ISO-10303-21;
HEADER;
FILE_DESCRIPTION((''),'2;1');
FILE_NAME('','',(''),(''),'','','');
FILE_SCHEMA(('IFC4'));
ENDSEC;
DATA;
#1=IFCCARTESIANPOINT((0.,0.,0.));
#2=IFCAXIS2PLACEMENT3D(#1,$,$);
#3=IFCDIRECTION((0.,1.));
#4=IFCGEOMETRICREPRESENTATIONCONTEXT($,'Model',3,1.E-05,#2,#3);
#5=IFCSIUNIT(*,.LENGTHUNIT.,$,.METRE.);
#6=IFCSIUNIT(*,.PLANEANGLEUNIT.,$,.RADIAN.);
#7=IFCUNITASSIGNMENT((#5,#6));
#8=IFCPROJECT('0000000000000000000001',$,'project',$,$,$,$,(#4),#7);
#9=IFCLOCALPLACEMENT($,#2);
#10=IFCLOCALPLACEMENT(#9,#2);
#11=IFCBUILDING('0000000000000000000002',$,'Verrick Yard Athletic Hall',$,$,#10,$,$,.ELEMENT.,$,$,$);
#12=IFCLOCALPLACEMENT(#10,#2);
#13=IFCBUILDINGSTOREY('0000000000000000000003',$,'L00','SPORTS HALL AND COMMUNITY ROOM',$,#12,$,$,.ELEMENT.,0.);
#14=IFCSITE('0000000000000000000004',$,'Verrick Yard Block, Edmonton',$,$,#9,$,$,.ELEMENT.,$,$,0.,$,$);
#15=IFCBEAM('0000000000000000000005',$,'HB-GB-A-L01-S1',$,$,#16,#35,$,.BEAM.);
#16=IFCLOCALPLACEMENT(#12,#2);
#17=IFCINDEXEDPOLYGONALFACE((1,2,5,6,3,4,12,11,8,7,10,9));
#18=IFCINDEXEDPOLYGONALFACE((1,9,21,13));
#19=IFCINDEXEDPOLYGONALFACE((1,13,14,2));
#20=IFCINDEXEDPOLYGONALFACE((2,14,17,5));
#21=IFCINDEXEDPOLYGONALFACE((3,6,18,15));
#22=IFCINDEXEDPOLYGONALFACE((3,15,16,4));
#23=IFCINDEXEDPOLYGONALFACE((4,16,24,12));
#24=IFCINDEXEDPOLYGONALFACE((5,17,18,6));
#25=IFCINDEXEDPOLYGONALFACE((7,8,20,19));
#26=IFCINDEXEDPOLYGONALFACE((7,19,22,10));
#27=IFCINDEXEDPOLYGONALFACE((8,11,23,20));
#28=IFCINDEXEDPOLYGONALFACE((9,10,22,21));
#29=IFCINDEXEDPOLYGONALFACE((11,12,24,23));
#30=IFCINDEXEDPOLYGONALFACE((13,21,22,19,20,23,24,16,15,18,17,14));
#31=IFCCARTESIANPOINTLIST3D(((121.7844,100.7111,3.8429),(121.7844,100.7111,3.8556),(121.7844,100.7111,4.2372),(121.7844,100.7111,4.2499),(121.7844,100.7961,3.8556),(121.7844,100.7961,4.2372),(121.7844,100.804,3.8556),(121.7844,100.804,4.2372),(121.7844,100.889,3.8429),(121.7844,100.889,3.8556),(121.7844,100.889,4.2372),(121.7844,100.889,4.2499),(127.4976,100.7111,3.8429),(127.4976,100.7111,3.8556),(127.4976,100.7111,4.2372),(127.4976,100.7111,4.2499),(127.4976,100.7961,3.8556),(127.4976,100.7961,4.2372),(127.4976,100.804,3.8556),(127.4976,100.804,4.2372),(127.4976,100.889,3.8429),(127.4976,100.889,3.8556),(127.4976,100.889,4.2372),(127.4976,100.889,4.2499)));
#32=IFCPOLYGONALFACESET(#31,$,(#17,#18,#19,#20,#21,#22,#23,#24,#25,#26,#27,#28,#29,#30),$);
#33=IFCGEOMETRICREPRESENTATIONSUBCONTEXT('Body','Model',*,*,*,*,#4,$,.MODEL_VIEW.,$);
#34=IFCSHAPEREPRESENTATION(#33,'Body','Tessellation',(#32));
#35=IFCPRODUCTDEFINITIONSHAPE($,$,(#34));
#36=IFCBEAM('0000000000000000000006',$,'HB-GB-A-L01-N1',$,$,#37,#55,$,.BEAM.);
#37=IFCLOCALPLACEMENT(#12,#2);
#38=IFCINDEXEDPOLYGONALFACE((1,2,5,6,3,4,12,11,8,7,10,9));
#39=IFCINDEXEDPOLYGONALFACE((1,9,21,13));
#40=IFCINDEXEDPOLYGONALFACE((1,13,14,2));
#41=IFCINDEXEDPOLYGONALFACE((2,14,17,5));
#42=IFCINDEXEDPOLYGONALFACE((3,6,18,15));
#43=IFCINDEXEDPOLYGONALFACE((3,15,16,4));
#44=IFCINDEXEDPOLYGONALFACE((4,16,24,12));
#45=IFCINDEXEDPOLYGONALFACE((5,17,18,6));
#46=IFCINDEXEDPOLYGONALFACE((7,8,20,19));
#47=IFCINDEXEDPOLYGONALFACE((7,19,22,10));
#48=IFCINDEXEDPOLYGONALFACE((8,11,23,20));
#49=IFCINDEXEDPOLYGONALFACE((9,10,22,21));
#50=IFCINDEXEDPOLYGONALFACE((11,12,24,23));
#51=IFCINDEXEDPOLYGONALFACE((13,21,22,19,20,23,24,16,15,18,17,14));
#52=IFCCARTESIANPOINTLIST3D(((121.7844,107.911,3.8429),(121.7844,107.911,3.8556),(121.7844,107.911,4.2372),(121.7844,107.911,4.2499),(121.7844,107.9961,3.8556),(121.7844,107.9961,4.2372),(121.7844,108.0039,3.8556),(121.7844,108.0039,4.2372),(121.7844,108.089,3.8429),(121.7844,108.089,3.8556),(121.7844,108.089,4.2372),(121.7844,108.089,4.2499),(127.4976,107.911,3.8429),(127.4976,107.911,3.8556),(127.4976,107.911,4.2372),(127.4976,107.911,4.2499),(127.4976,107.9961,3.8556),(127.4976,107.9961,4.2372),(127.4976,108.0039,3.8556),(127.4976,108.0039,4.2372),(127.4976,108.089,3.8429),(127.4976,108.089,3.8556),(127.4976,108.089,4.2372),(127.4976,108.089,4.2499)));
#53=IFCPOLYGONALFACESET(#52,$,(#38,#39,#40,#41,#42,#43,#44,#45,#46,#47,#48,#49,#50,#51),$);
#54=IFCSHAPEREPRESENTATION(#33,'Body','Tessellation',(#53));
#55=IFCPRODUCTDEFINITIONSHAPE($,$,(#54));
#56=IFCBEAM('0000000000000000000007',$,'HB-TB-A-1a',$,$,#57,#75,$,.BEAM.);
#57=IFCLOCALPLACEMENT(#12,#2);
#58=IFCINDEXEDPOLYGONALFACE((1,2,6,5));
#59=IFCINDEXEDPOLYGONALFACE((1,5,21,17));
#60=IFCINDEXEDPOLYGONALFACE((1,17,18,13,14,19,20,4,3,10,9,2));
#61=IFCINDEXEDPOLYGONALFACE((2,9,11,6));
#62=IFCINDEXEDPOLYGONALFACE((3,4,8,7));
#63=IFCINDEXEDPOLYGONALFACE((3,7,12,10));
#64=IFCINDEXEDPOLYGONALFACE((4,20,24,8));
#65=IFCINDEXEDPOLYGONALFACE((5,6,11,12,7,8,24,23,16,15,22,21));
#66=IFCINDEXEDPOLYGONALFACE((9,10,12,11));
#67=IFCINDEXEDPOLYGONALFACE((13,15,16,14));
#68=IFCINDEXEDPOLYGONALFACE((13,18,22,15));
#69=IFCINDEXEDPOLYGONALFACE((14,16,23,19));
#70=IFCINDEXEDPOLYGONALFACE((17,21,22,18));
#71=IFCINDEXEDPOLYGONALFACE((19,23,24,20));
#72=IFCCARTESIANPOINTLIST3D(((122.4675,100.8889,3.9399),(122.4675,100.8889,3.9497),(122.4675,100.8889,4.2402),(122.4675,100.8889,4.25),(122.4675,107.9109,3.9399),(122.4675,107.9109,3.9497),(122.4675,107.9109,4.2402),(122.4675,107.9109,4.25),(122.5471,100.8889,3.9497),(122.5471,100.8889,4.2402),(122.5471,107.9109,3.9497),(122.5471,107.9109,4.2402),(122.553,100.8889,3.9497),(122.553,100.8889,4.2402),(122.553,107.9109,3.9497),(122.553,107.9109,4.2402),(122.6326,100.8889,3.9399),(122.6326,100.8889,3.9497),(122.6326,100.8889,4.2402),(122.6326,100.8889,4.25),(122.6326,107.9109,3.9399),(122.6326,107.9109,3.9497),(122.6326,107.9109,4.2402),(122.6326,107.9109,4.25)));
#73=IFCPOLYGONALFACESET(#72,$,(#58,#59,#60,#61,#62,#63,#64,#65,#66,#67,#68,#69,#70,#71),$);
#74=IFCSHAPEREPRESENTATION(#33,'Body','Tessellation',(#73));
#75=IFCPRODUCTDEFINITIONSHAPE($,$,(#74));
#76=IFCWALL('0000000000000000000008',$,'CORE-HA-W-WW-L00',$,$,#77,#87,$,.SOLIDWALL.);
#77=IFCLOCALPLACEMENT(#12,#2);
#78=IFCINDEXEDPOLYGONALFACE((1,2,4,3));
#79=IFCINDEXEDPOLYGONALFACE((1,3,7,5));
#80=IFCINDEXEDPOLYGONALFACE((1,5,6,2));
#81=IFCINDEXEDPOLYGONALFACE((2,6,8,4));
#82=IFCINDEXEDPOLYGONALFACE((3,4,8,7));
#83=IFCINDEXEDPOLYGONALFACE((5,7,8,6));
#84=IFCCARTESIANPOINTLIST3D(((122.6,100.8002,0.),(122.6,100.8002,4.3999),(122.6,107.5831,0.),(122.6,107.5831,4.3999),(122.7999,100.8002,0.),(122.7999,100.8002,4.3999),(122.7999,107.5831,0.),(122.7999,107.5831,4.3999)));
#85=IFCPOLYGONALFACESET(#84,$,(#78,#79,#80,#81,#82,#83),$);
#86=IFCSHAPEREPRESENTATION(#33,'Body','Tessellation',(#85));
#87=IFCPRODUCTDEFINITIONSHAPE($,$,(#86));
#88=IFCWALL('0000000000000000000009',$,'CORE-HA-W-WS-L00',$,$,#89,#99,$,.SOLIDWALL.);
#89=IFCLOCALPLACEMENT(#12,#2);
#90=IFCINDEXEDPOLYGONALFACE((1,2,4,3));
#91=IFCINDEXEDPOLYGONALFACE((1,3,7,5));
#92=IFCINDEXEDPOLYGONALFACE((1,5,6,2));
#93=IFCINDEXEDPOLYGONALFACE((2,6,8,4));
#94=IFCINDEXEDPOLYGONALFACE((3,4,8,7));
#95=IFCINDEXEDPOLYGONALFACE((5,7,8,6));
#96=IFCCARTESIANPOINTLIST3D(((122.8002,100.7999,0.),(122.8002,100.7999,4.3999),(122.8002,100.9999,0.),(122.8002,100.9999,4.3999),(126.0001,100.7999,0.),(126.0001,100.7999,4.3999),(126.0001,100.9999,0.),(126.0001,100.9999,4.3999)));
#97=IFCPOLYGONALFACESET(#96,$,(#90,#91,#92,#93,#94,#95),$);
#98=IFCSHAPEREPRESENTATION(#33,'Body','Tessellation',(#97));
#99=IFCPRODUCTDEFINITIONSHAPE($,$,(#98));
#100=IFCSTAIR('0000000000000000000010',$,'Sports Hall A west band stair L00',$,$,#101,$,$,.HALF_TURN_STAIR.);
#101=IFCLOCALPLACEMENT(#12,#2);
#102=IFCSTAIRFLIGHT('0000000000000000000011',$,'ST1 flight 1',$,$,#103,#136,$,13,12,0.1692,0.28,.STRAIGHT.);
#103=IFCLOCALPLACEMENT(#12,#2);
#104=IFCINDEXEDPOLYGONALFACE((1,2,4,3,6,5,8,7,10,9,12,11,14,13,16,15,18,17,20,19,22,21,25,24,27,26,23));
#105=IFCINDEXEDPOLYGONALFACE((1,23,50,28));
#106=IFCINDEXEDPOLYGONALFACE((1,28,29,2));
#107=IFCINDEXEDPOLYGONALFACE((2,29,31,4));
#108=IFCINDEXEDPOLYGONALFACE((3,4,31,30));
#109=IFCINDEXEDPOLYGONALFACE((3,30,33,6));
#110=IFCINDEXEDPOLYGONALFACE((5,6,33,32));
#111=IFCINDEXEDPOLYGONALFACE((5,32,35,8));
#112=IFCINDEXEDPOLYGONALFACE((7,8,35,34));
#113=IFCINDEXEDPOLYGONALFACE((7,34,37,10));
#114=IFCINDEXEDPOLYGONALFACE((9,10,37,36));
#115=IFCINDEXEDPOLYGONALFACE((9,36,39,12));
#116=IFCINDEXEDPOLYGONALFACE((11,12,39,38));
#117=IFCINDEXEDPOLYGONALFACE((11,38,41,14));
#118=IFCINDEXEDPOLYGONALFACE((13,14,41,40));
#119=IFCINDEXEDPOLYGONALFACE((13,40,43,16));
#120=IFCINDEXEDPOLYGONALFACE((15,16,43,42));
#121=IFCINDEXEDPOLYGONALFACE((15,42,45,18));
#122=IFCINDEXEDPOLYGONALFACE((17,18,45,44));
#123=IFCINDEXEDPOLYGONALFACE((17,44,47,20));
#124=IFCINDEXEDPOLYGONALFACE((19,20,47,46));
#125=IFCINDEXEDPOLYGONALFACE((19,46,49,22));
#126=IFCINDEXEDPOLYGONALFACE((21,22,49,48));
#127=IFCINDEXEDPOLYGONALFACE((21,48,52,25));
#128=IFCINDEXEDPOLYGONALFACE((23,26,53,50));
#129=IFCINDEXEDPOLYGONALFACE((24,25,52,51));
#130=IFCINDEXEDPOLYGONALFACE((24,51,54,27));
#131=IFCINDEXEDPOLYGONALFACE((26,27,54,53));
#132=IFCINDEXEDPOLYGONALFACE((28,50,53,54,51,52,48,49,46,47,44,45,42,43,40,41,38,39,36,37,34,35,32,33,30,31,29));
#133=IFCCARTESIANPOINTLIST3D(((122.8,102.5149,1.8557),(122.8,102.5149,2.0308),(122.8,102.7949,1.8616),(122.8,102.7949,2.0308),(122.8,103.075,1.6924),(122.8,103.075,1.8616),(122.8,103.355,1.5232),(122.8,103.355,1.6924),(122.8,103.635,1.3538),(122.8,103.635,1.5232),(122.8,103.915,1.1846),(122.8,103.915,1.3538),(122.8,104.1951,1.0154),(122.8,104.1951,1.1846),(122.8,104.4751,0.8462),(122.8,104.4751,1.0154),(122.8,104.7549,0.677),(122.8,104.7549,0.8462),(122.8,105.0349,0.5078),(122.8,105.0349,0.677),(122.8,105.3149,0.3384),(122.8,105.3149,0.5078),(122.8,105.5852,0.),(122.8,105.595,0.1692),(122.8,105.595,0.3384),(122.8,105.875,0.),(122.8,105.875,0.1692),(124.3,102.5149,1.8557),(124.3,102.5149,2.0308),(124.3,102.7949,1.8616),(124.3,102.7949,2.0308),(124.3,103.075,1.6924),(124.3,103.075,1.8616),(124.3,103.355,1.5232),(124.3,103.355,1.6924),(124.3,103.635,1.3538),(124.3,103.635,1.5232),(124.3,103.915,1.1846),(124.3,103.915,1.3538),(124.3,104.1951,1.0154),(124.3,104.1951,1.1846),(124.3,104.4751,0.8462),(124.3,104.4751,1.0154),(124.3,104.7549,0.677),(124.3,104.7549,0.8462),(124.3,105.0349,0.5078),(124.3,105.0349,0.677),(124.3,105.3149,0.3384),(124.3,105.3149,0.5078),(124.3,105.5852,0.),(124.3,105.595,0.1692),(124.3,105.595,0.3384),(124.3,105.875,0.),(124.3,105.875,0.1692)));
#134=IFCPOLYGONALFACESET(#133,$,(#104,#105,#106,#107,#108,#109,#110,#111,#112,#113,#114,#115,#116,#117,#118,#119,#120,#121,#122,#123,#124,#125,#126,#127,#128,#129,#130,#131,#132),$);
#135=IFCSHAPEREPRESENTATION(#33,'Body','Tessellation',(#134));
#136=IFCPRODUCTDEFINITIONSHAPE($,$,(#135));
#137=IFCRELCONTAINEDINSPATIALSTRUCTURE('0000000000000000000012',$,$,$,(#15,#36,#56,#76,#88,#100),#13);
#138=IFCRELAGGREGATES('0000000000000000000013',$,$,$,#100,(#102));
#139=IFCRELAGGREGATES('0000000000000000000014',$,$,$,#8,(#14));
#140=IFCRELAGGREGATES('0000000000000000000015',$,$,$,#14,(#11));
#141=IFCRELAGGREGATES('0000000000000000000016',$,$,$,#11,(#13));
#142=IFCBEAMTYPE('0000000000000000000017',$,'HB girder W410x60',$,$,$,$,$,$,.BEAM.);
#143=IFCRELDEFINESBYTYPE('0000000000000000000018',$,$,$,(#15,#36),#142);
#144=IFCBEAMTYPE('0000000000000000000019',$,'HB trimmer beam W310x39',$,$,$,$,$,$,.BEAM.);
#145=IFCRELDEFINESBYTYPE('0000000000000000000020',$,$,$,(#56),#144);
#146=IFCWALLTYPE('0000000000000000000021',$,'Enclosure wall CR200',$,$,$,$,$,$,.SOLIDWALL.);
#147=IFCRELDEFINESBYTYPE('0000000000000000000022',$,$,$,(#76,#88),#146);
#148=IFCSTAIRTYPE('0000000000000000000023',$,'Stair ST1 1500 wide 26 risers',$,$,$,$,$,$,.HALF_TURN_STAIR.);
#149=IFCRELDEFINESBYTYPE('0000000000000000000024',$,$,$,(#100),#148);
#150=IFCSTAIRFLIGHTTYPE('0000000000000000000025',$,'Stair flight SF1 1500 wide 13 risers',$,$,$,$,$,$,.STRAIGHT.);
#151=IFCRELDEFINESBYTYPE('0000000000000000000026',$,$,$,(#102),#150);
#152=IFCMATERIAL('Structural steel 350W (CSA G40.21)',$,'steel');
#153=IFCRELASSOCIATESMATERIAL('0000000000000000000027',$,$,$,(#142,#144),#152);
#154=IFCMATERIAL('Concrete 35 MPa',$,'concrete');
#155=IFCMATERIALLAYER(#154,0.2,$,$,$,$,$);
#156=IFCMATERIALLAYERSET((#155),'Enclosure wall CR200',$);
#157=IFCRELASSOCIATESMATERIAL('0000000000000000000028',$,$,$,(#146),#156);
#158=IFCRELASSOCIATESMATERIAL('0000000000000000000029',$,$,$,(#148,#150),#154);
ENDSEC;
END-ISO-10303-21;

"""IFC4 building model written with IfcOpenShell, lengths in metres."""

from ifc_helpers import new_model, si_unit, direction, frame, frame_2d, origin, origin_2d, place, context, subcontext, project, spatial, polyline, rectangle, i_section, outline, extrude, material, layer, layer_set, material_profile, profile_set, type_object, element, aggregate, save


model = new_model("IFC4")

# Units and contexts
model_context = context("Model", 3, precision=1e-05, world=origin(), true_north=direction((0.0, 1.0)))
body_context = subcontext(model_context, "Body", "Model", "MODEL_VIEW")
ifc_project = project(units=[si_unit("LENGTHUNIT", "METRE"), si_unit("PLANEANGLEUNIT", "RADIAN")], contexts=[model_context])

# Site, building, storey
site_placement = place(None, origin())
site = spatial("IfcSite", under=ifc_project, at=site_placement, Name="Verrick Yard Block, Edmonton", CompositionType="ELEMENT", RefElevation=0.0)
building_placement = place(site_placement, origin())
building = spatial("IfcBuilding", under=site, at=building_placement, Name="Verrick Yard Athletic Hall", CompositionType="ELEMENT")
storey_placement = place(building_placement, origin())
storey = spatial("IfcBuildingStorey", under=building, at=storey_placement, Name="L00", Description="SPORTS HALL AND COMMUNITY ROOM", CompositionType="ELEMENT", Elevation=0.0)

# Shared definitions
ifc_material_1 = material(Name="Concrete 35 MPa", Category="concrete")

# Beams
ifc_material_2 = material(Name="Structural steel 350W (CSA G40.21)", Category="steel")
ifc_material_profile_1 = material_profile(ifc_material_2, i_section(OverallWidth=0.178, OverallDepth=0.407, WebThickness=0.0078, FlangeThickness=0.0127, at=origin_2d()), Name="W410x60")
ifc_profile_set_1 = profile_set([ifc_material_profile_1], Name="Structural steel 350W (CSA G40.21)")
beam_type_1 = type_object("IfcBeamType", Name="HB girder W410x60", PredefinedType="BEAM", material=ifc_profile_set_1)
for number, where, z_axis, x_axis, name in (
    (1, (121.7844, 100.8, 4.0464), (1.0, 0.0, 0.0), (0.0, 1.0, 0.0), "HB-GB-A-L01-S1"),
    (2, (121.7844, 108.0, 4.0464), (1.0, 0.0, 0.0), (0.0, 1.0, 0.0), "HB-GB-A-L01-N1"),
):
    element("IfcBeam", number, at=place(storey_placement, frame(where, z_axis=z_axis, x_axis=x_axis)), inside=storey, type_object=beam_type_1, Name=name, PredefinedType="BEAM", context=body_context, shape_type="SweptSolid", body=[
        extrude(i_section(OverallWidth=0.178, OverallDepth=0.407, WebThickness=0.0078, FlangeThickness=0.0127, at=origin_2d()), origin(), (0.0, 0.0, 1.0), 5.7131),
    ])
ifc_material_profile_2 = material_profile(ifc_material_2, i_section(OverallWidth=0.165, OverallDepth=0.3101, WebThickness=0.0059, FlangeThickness=0.0098, at=origin_2d()), Name="W310x39")
ifc_profile_set_2 = profile_set([ifc_material_profile_2], Name="Structural steel 350W (CSA G40.21)")
beam_type_2 = type_object("IfcBeamType", Name="HB trimmer beam W310x39", PredefinedType="BEAM", material=ifc_profile_set_2)
beam_placement = place(storey_placement, frame((122.55, 100.8889, 4.095), z_axis=(0.0, 1.0, 0.0), x_axis=(-1.0, 0.0, 0.0)))
element("IfcBeam", 3, at=beam_placement, inside=storey, type_object=beam_type_2, Name="HB-TB-A-1a", PredefinedType="BEAM", context=body_context, shape_type="SweptSolid", body=[
    extrude(i_section(OverallWidth=0.165, OverallDepth=0.3101, WebThickness=0.0059, FlangeThickness=0.0098, at=origin_2d()), origin(), (0.0, 0.0, 1.0), 7.022),
])

# Walls
ifc_layer = layer(ifc_material_1, 0.2)
ifc_layer_set = layer_set([ifc_layer], Name="Enclosure wall CR200")
wall_type = type_object("IfcWallType", Name="Enclosure wall CR200", PredefinedType="SOLIDWALL", material=ifc_layer_set)
wall_1_placement = place(storey_placement, frame((122.7, 100.8, 0.0), z_axis=(0.0, 0.0, 1.0), x_axis=(0.0, 1.0, 0.0)))
element("IfcWall", 4, at=wall_1_placement, inside=storey, type_object=wall_type, Name="CORE-HA-W-WW-L00", PredefinedType="SOLIDWALL", context=body_context, shape_type="SweptSolid", body=[
    extrude(rectangle(XDim=6.783, YDim=0.2, at=frame_2d((3.3916, 0.0))), origin(), (0.0, 0.0, 1.0), 4.3999),
])
wall_2_placement = place(storey_placement, frame((122.8, 100.8999, 0.0), z_axis=(0.0, 0.0, 1.0), x_axis=(1.0, 0.0, 0.0)))
element("IfcWall", 5, at=wall_2_placement, inside=storey, type_object=wall_type, Name="CORE-HA-W-WS-L00", PredefinedType="SOLIDWALL", context=body_context, shape_type="SweptSolid", body=[
    extrude(rectangle(XDim=3.2, YDim=0.2, at=frame_2d((1.6001, 0.0))), origin(), (0.0, 0.0, 1.0), 4.3999),
])

# Stair, stair flight
stair_type = type_object("IfcStairType", Name="Stair ST1 1500 wide 26 risers", PredefinedType="HALF_TURN_STAIR", material=ifc_material_1)
stair_placement = place(storey_placement, origin())
stair = element("IfcStair", 6, at=stair_placement, inside=storey, type_object=stair_type, Name="Sports Hall A west band stair L00", PredefinedType="HALF_TURN_STAIR")
stair_flight_type = type_object("IfcStairFlightType", Name="Stair flight SF1 1500 wide 13 risers", PredefinedType="STRAIGHT", material=ifc_material_1)
stair_flight_placement = place(storey_placement, frame((123.55, 105.875, 0.0), z_axis=(0.0, 0.0, 1.0), x_axis=(0.0, -1.0, 0.0)))
stair_flight = element("IfcStairFlight", 7, at=stair_flight_placement, type_object=stair_flight_type, Name="ST1 flight 1", NumberOfRisers=13, NumberOfTreads=12, PredefinedType="STRAIGHT", RiserHeight=0.1692, TreadLength=0.28, context=body_context, shape_type="SweptSolid", body=[
    extrude(outline(polyline([(0.0, 0.0), (0.0, 0.1692), (0.28, 0.1692), (0.28, 0.3384), (0.5601, 0.3384), (0.5601, 0.5078), (0.8401, 0.5078), (0.8401, 0.677), (1.1201, 0.677), (1.1201, 0.8462), (1.3999, 0.8462), (1.3999, 1.0154), (1.6799, 1.0154), (1.6799, 1.1846), (1.96, 1.1846), (1.96, 1.3538), (2.24, 1.3538), (2.24, 1.5232), (2.52, 1.5232), (2.52, 1.6924), (2.8, 1.6924), (2.8, 1.8616), (3.0801, 1.8616), (3.0801, 2.0308), (3.3601, 2.0308), (3.3601, 2.2), (3.3601, 1.8557), (0.2898, 0.0), (0.0, 0.0)])), frame((0.0, 0.75, 0.0), z_axis=(0.0, -1.0, 0.0), x_axis=(1.0, 0.0, 0.0)), (0.0, 0.0, 1.0), 1.5),
])
aggregate(stair, [stair_flight])

save(model, "model.ifc")
